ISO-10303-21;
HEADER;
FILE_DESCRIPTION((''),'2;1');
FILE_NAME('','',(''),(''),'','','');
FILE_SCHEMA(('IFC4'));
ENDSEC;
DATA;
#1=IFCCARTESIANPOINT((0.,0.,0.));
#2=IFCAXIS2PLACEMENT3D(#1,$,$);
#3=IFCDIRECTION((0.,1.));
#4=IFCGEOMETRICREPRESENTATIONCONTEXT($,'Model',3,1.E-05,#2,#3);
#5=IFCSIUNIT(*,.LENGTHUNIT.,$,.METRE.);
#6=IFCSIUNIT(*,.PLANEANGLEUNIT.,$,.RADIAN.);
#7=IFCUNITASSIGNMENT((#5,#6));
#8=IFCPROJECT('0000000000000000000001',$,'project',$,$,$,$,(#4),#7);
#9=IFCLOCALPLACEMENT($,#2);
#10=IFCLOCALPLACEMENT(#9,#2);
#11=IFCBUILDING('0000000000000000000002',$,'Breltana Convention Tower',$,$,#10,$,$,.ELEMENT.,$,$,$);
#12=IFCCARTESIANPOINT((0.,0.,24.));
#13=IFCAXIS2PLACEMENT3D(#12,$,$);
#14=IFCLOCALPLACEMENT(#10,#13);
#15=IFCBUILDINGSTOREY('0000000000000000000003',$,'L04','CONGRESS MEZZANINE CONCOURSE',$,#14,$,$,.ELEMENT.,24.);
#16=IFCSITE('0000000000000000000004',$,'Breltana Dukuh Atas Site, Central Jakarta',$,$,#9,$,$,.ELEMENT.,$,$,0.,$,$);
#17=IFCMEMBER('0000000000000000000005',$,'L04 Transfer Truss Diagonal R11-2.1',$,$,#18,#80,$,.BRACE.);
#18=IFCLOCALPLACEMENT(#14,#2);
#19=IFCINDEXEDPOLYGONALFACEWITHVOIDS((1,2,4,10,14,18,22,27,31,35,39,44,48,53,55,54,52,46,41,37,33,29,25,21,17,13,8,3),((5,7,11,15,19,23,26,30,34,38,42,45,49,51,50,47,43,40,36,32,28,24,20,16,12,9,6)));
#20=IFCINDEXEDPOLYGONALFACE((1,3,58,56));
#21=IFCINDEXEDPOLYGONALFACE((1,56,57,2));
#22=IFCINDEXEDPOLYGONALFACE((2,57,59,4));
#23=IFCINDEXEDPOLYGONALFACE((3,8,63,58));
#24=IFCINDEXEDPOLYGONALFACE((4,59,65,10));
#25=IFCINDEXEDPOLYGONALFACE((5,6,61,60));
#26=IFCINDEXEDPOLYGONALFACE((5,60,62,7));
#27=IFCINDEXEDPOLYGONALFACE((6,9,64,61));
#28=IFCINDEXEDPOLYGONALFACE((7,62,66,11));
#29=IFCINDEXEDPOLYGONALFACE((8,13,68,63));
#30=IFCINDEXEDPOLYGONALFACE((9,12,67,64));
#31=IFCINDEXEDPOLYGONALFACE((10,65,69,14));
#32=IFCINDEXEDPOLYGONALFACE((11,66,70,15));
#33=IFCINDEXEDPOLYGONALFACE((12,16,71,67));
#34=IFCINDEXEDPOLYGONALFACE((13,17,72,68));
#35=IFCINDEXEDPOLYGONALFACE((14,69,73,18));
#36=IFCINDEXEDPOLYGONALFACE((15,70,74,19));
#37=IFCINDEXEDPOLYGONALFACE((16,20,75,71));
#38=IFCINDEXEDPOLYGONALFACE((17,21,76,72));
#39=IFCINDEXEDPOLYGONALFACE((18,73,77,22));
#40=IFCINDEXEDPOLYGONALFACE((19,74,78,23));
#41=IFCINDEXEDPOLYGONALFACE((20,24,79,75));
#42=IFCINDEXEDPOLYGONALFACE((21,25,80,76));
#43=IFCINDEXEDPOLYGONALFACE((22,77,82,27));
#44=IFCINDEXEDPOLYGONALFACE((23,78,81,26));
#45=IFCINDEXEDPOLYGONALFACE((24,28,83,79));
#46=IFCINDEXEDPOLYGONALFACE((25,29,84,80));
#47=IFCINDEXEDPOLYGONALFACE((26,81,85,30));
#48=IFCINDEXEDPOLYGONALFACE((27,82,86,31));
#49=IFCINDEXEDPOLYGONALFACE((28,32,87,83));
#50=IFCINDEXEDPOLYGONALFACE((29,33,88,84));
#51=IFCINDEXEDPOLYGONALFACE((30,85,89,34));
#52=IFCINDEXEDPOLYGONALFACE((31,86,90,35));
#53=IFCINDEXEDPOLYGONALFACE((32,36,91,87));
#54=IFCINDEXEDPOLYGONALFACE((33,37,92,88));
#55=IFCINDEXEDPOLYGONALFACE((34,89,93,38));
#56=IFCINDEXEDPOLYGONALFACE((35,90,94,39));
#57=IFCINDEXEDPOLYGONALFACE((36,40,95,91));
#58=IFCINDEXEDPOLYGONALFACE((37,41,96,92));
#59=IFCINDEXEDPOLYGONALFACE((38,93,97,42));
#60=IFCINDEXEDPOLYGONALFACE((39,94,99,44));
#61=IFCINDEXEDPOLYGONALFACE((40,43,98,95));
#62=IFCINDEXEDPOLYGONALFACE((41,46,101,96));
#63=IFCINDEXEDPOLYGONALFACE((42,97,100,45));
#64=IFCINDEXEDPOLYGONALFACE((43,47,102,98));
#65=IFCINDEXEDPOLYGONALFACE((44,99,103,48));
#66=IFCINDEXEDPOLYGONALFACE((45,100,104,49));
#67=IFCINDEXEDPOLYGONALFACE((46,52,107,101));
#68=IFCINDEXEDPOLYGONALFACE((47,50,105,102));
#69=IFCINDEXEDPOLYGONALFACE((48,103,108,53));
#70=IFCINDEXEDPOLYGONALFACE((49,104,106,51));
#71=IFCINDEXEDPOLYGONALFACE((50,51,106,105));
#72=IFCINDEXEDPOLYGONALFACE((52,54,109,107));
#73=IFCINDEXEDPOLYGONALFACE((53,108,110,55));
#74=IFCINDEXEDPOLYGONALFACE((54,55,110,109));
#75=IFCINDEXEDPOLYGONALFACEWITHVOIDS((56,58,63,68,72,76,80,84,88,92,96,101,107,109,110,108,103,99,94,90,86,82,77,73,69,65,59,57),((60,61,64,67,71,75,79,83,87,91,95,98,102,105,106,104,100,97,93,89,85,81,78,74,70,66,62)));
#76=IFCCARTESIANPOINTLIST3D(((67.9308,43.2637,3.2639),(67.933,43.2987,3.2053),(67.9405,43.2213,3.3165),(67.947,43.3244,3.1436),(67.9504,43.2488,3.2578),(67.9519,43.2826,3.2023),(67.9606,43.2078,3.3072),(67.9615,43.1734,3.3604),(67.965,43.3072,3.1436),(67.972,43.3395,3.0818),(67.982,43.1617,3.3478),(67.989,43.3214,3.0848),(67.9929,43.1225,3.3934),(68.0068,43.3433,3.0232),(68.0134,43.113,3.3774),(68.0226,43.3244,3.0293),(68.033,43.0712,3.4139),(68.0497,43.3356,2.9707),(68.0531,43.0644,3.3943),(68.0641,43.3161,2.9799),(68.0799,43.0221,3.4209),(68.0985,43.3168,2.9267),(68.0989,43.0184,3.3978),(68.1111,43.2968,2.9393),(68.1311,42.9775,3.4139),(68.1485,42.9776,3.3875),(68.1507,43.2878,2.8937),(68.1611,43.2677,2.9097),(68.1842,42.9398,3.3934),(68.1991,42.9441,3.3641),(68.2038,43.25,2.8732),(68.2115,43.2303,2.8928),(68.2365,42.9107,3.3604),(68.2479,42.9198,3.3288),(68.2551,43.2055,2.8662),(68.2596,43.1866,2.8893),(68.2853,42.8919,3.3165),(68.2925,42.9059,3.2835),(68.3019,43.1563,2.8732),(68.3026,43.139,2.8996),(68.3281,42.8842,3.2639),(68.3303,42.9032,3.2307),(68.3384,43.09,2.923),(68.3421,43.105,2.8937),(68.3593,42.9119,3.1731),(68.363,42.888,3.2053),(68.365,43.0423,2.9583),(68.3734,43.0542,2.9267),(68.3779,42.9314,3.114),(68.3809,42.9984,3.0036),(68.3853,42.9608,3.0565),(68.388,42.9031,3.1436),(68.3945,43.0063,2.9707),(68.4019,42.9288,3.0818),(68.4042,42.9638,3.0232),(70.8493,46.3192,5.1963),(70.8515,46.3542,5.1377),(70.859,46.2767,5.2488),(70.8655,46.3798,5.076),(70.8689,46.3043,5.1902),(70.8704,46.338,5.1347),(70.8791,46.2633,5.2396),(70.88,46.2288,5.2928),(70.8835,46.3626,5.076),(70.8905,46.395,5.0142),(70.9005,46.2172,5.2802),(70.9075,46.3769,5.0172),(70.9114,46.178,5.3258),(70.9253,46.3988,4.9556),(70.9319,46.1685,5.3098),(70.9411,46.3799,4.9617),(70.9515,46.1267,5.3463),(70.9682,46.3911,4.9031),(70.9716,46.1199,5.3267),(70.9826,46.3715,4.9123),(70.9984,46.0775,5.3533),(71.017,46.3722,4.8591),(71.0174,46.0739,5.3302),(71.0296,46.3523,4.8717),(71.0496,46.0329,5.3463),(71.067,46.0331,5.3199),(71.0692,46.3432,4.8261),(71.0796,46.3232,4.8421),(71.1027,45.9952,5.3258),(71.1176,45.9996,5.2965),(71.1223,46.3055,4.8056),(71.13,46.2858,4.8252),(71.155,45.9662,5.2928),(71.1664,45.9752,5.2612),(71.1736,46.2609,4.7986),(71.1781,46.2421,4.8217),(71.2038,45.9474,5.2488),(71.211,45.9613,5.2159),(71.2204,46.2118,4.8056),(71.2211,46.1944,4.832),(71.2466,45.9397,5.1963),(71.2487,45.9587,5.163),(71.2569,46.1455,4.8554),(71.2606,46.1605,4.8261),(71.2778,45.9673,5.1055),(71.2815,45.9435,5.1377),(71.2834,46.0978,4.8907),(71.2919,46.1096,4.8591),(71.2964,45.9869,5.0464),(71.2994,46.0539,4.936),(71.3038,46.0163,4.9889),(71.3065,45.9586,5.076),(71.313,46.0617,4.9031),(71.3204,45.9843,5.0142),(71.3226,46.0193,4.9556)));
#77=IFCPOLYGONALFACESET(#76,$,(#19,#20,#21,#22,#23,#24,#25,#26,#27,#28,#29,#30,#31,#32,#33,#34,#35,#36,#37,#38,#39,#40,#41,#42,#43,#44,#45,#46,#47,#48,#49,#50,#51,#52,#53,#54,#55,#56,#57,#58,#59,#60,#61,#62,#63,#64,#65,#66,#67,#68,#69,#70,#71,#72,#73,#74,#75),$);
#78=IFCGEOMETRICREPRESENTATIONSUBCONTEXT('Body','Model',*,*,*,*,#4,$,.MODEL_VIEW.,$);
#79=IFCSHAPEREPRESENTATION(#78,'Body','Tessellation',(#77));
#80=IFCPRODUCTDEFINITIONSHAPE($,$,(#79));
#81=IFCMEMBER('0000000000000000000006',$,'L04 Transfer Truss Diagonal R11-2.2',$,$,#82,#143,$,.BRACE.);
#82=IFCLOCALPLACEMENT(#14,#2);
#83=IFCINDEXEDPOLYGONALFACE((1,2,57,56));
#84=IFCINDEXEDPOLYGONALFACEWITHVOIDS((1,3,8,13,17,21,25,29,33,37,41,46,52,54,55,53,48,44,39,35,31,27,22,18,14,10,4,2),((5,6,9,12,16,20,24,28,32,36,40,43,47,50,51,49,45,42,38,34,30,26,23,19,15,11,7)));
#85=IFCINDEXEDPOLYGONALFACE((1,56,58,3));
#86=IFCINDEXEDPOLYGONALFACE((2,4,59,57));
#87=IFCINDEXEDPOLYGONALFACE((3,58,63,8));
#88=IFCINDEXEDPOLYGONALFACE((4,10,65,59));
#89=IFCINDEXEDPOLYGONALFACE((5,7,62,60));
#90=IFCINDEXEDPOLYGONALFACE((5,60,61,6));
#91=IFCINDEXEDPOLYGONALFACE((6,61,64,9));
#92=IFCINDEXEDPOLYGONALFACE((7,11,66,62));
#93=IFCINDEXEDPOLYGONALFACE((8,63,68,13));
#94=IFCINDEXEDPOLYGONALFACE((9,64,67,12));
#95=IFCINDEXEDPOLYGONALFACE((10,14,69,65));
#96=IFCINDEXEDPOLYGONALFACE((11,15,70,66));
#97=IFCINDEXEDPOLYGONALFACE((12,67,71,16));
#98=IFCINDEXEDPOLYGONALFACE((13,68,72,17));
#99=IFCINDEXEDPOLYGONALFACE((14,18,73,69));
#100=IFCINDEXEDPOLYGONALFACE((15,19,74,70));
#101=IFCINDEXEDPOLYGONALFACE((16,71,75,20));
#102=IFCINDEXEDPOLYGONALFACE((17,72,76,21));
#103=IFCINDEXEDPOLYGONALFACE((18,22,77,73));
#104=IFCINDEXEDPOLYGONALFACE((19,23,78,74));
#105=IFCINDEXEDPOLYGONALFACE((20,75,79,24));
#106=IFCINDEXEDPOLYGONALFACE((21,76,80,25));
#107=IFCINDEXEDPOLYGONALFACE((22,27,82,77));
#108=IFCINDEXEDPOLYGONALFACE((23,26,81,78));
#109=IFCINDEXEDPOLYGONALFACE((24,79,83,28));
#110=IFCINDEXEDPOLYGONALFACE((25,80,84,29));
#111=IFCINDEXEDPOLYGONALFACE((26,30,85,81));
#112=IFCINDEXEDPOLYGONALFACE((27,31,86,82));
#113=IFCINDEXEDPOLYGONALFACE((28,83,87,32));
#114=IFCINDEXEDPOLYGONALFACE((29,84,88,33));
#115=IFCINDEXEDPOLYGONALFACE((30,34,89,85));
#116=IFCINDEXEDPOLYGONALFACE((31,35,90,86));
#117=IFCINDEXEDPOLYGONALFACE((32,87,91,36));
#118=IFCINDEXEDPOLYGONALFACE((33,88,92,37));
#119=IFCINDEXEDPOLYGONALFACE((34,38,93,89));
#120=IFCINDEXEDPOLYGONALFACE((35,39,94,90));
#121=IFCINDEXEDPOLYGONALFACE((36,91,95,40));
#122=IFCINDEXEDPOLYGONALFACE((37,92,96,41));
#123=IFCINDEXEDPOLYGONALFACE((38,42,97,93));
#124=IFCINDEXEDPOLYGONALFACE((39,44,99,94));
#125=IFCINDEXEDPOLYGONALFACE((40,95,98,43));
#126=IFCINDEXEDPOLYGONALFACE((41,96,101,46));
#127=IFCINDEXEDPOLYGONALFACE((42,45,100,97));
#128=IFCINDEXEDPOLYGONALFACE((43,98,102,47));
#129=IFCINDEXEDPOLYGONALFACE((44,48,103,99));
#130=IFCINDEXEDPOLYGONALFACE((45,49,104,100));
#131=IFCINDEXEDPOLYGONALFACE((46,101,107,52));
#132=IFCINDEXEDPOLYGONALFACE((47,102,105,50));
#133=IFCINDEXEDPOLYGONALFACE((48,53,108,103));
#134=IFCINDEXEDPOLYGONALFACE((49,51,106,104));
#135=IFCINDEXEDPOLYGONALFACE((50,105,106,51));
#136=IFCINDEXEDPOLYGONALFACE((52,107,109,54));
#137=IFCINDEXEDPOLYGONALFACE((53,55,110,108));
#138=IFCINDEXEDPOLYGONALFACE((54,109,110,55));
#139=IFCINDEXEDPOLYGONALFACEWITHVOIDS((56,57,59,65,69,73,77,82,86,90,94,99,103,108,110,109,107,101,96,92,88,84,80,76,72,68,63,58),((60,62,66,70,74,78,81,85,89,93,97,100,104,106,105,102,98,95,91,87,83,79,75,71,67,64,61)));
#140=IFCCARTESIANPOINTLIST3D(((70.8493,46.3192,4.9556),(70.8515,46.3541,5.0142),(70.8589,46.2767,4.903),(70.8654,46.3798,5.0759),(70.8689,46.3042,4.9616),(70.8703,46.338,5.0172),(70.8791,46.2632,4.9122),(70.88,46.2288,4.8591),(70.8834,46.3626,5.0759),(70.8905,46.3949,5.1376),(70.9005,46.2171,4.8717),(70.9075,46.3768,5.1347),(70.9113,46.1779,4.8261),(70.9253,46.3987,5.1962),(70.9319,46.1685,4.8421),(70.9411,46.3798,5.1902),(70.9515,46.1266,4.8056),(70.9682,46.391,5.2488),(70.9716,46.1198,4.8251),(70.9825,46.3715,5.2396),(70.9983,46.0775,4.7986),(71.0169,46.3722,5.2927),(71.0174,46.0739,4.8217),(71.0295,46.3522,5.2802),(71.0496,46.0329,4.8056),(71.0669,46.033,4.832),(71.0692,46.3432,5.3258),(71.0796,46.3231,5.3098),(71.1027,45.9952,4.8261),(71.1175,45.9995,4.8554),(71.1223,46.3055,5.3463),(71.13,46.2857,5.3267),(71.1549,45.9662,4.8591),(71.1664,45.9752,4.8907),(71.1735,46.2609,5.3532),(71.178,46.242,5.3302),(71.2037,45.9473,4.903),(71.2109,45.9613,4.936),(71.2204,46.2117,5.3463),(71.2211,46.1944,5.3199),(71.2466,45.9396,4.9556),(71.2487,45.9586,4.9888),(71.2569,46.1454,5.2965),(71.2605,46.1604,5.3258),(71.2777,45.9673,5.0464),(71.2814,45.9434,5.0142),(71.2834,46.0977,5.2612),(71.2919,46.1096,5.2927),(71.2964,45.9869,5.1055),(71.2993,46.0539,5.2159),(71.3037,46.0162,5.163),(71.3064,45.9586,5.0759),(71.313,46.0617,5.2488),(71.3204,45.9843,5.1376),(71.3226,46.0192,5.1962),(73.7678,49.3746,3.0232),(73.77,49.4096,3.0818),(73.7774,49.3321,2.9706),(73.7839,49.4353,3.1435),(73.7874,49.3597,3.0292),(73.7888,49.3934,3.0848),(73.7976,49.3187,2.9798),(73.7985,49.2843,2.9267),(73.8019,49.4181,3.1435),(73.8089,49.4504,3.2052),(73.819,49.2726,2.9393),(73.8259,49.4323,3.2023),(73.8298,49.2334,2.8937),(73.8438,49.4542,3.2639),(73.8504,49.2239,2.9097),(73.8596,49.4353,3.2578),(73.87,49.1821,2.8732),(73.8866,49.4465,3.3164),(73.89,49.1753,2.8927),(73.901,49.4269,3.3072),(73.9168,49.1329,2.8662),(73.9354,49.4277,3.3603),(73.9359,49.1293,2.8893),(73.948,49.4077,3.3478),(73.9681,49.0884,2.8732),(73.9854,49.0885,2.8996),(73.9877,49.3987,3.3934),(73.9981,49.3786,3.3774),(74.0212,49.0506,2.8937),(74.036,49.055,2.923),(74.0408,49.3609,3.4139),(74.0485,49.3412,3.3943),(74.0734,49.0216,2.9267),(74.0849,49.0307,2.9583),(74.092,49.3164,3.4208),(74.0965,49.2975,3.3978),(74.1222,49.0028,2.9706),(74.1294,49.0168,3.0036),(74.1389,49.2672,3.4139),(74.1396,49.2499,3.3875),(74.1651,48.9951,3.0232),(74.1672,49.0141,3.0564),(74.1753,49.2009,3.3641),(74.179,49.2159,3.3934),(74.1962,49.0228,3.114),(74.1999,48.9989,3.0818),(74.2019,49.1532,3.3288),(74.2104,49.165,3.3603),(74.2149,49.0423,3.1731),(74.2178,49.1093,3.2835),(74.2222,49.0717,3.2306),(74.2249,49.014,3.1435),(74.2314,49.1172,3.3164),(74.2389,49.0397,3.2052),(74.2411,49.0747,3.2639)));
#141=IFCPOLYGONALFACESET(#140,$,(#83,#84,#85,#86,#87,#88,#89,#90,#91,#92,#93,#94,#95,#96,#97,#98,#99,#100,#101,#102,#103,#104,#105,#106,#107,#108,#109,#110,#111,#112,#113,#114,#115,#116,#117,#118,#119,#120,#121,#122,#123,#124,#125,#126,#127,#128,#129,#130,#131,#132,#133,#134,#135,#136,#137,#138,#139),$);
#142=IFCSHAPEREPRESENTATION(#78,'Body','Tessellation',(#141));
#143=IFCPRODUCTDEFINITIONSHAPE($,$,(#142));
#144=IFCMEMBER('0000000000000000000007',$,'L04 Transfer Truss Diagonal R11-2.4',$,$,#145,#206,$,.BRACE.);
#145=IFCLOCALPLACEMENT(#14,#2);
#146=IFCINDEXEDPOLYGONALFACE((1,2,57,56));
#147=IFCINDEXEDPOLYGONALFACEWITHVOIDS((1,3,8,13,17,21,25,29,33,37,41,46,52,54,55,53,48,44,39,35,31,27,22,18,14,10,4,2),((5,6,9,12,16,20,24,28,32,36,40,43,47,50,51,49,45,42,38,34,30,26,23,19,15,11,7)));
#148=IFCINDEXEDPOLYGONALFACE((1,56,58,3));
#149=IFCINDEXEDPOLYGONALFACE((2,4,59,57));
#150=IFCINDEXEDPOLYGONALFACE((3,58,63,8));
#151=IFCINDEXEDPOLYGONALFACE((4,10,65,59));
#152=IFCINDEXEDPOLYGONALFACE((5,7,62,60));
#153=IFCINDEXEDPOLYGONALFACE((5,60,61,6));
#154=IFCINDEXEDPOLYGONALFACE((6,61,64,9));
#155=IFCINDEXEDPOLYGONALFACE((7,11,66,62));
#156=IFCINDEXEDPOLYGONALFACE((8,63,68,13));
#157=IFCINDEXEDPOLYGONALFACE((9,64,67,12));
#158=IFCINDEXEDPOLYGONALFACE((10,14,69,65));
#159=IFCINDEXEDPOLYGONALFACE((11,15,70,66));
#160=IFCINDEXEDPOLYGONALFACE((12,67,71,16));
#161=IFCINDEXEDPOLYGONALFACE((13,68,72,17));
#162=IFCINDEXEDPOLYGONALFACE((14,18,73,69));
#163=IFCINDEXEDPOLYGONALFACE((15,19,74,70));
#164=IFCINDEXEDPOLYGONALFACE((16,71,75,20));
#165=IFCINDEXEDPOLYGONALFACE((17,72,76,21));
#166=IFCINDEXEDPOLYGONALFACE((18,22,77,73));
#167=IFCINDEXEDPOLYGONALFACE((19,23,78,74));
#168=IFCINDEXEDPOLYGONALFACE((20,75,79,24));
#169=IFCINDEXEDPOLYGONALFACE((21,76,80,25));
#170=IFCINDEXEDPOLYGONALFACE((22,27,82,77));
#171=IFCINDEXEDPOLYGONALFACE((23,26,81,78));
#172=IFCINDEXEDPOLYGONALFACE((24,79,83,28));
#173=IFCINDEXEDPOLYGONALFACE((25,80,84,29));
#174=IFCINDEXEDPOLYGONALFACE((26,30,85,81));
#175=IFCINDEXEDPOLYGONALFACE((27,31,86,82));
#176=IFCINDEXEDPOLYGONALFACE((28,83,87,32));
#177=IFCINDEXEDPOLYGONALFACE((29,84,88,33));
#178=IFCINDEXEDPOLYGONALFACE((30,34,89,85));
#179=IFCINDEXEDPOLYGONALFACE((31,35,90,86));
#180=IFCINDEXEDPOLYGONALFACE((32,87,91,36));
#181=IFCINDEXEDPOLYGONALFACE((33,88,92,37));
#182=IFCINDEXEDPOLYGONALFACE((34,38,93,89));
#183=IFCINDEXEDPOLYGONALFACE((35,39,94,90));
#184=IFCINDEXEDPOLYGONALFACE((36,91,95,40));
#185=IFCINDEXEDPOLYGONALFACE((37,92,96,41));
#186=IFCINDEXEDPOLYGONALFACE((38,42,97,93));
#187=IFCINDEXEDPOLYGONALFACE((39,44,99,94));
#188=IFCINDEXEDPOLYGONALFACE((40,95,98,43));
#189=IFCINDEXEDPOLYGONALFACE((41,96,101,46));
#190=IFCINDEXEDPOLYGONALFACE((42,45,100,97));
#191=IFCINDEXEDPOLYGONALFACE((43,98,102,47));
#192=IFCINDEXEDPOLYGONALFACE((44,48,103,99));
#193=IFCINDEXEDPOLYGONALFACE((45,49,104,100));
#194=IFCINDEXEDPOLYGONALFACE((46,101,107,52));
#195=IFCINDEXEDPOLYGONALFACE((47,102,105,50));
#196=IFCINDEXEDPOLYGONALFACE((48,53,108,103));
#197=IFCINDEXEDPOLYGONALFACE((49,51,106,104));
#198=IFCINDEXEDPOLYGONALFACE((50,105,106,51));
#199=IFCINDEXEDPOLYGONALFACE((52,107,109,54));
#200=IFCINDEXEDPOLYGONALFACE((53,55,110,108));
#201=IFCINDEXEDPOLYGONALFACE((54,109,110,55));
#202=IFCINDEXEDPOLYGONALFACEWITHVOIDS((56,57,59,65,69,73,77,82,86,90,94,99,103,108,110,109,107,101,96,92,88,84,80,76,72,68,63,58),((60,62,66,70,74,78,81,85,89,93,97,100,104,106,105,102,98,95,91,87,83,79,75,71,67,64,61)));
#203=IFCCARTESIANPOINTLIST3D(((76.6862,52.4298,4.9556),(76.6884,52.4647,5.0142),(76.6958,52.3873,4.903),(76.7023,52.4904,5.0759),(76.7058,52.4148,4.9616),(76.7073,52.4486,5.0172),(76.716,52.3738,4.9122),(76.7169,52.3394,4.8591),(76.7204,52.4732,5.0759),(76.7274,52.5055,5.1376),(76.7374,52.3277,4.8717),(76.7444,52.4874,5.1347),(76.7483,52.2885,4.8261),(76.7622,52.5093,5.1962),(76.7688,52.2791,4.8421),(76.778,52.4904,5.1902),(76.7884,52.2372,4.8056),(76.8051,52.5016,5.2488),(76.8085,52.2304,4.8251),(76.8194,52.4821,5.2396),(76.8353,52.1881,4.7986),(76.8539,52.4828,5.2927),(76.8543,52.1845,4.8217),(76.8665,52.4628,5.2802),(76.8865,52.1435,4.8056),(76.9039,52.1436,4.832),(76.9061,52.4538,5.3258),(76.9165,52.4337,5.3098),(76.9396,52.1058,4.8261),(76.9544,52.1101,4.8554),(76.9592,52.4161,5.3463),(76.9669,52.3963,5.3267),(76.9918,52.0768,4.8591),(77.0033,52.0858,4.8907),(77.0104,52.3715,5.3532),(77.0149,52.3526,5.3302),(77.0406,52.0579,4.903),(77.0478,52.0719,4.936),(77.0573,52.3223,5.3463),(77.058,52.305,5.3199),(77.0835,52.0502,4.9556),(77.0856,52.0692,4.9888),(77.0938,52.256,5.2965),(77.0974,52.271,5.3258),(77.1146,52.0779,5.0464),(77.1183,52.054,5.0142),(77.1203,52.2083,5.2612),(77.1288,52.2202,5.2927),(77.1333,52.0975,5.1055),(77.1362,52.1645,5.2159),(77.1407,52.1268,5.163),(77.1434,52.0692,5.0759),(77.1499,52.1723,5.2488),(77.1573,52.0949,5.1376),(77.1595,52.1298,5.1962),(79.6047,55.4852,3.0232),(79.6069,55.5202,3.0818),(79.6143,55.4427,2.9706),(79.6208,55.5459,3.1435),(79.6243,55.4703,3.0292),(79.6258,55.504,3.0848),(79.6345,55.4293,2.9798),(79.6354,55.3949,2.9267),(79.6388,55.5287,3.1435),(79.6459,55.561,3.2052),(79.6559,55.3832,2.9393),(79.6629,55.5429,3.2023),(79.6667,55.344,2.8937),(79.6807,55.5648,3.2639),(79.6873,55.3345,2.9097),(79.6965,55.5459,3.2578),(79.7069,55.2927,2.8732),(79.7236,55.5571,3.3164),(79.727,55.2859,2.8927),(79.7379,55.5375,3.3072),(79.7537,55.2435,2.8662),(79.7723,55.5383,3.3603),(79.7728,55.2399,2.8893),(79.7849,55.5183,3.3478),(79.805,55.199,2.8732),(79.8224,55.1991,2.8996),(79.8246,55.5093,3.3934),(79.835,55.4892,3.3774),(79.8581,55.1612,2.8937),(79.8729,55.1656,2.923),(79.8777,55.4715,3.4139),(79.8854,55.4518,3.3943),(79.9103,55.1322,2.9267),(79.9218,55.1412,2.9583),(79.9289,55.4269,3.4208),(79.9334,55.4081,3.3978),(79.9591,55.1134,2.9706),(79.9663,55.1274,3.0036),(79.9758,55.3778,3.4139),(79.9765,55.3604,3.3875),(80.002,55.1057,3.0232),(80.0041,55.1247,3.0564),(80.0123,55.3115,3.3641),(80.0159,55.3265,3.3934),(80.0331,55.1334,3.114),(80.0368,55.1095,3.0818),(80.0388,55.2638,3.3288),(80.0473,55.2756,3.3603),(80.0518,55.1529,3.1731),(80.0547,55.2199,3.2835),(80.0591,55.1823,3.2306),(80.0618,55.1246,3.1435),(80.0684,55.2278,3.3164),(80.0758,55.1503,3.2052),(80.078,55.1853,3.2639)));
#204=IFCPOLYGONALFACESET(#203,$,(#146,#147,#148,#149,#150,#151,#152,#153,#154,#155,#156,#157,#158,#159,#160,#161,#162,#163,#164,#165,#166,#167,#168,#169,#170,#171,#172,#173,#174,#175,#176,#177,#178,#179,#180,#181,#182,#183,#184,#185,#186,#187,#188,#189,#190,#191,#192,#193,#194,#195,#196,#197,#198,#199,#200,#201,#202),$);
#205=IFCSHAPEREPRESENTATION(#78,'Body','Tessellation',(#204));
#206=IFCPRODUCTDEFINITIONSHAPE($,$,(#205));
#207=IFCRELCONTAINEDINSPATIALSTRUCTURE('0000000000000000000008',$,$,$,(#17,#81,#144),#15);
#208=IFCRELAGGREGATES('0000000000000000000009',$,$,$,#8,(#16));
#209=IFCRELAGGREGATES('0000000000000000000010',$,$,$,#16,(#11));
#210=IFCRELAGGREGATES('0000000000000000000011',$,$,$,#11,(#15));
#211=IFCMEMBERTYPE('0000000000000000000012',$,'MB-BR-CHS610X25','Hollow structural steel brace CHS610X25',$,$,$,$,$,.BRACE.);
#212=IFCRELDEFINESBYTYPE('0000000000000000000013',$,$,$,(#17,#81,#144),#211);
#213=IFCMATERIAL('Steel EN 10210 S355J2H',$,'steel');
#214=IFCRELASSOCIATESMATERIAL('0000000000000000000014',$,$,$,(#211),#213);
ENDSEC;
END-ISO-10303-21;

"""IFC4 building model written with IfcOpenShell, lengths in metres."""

from ifc_helpers import new_model, si_unit, direction, frame, origin, origin_2d, place, context, subcontext, project, spatial, hollow_circle, extrude, source, transform, mapped, material, material_profile, profile_set, type_object, type_shapes, element, save


model = new_model("IFC4")

# Units and contexts
model_context = context("Model", 3, precision=1e-05, world=origin(), true_north=direction((0.0, 1.0)))
body_context = subcontext(model_context, "Body", "Model", "MODEL_VIEW")
ifc_project = project(units=[si_unit("LENGTHUNIT", "METRE"), si_unit("PLANEANGLEUNIT", "RADIAN")], contexts=[model_context])

# Site, building, storey
site_placement = place(None, origin())
site = spatial("IfcSite", under=ifc_project, at=site_placement, Name="Breltana Dukuh Atas Site, Central Jakarta", CompositionType="ELEMENT", RefElevation=0.0)
building_placement = place(site_placement, origin())
building = spatial("IfcBuilding", under=site, at=building_placement, Name="Breltana Convention Tower", CompositionType="ELEMENT")
storey_placement = place(building_placement, frame((0.0, 0.0, 24.0)))
storey = spatial("IfcBuildingStorey", under=building, at=storey_placement, Name="L04", Description="CONGRESS MEZZANINE CONCOURSE", CompositionType="ELEMENT", Elevation=24.0)

# Shared definitions
ifc_material_1 = material(Name="Steel EN 10210 S355J2H", Category="steel")

# Members
ifc_material_profile_1 = material_profile(ifc_material_1, hollow_circle(Radius=0.3049, WallThickness=0.0249, at=origin_2d()), Name="CHS610X25")
ifc_profile_set_1 = profile_set([ifc_material_profile_1], Name="Steel EN 10210 S355J2H")
member_type_1 = type_object("IfcMemberType", Name="MB-BR-CHS610X25", Description="Hollow structural steel brace CHS610X25", PredefinedType="BRACE", material=ifc_profile_set_1)
shared_shape_1 = source(origin(), body_context, "Body", "SweptSolid", [
    extrude(hollow_circle(Radius=0.3049, WallThickness=0.0249, at=origin_2d()), origin(), (0.0, 0.0, 1.0), 4.6462),
])
type_shapes(member_type_1, [shared_shape_1])
for number, where, z_axis, x_axis, name in (
    (1, (68.1675, 43.1138, 3.1436), (0.62814, 0.657619, 0.415905), (-0.723129, 0.690713, 0.0), "L04 Transfer Truss Diagonal R11-2.1"),
    (2, (71.0859, 46.1692, 5.0759), (0.62814, 0.657619, -0.415905), (-0.723129, 0.690713, 0.0), "L04 Transfer Truss Diagonal R11-2.2"),
    (3, (76.9229, 52.2798, 5.0759), (0.62814, 0.657619, -0.415905), (-0.723129, 0.690713, 0.0), "L04 Transfer Truss Diagonal R11-2.4"),
):
    element("IfcMember", number, at=place(storey_placement, frame(where, z_axis=z_axis, x_axis=x_axis)), inside=storey, type_object=member_type_1, Name=name, PredefinedType="BRACE", context=body_context, shape_type="MappedRepresentation", body=[
        mapped(shared_shape_1, transform((0.0, 0.0, 0.0), scale=1.0)),
    ])

save(model, "model.ifc")
